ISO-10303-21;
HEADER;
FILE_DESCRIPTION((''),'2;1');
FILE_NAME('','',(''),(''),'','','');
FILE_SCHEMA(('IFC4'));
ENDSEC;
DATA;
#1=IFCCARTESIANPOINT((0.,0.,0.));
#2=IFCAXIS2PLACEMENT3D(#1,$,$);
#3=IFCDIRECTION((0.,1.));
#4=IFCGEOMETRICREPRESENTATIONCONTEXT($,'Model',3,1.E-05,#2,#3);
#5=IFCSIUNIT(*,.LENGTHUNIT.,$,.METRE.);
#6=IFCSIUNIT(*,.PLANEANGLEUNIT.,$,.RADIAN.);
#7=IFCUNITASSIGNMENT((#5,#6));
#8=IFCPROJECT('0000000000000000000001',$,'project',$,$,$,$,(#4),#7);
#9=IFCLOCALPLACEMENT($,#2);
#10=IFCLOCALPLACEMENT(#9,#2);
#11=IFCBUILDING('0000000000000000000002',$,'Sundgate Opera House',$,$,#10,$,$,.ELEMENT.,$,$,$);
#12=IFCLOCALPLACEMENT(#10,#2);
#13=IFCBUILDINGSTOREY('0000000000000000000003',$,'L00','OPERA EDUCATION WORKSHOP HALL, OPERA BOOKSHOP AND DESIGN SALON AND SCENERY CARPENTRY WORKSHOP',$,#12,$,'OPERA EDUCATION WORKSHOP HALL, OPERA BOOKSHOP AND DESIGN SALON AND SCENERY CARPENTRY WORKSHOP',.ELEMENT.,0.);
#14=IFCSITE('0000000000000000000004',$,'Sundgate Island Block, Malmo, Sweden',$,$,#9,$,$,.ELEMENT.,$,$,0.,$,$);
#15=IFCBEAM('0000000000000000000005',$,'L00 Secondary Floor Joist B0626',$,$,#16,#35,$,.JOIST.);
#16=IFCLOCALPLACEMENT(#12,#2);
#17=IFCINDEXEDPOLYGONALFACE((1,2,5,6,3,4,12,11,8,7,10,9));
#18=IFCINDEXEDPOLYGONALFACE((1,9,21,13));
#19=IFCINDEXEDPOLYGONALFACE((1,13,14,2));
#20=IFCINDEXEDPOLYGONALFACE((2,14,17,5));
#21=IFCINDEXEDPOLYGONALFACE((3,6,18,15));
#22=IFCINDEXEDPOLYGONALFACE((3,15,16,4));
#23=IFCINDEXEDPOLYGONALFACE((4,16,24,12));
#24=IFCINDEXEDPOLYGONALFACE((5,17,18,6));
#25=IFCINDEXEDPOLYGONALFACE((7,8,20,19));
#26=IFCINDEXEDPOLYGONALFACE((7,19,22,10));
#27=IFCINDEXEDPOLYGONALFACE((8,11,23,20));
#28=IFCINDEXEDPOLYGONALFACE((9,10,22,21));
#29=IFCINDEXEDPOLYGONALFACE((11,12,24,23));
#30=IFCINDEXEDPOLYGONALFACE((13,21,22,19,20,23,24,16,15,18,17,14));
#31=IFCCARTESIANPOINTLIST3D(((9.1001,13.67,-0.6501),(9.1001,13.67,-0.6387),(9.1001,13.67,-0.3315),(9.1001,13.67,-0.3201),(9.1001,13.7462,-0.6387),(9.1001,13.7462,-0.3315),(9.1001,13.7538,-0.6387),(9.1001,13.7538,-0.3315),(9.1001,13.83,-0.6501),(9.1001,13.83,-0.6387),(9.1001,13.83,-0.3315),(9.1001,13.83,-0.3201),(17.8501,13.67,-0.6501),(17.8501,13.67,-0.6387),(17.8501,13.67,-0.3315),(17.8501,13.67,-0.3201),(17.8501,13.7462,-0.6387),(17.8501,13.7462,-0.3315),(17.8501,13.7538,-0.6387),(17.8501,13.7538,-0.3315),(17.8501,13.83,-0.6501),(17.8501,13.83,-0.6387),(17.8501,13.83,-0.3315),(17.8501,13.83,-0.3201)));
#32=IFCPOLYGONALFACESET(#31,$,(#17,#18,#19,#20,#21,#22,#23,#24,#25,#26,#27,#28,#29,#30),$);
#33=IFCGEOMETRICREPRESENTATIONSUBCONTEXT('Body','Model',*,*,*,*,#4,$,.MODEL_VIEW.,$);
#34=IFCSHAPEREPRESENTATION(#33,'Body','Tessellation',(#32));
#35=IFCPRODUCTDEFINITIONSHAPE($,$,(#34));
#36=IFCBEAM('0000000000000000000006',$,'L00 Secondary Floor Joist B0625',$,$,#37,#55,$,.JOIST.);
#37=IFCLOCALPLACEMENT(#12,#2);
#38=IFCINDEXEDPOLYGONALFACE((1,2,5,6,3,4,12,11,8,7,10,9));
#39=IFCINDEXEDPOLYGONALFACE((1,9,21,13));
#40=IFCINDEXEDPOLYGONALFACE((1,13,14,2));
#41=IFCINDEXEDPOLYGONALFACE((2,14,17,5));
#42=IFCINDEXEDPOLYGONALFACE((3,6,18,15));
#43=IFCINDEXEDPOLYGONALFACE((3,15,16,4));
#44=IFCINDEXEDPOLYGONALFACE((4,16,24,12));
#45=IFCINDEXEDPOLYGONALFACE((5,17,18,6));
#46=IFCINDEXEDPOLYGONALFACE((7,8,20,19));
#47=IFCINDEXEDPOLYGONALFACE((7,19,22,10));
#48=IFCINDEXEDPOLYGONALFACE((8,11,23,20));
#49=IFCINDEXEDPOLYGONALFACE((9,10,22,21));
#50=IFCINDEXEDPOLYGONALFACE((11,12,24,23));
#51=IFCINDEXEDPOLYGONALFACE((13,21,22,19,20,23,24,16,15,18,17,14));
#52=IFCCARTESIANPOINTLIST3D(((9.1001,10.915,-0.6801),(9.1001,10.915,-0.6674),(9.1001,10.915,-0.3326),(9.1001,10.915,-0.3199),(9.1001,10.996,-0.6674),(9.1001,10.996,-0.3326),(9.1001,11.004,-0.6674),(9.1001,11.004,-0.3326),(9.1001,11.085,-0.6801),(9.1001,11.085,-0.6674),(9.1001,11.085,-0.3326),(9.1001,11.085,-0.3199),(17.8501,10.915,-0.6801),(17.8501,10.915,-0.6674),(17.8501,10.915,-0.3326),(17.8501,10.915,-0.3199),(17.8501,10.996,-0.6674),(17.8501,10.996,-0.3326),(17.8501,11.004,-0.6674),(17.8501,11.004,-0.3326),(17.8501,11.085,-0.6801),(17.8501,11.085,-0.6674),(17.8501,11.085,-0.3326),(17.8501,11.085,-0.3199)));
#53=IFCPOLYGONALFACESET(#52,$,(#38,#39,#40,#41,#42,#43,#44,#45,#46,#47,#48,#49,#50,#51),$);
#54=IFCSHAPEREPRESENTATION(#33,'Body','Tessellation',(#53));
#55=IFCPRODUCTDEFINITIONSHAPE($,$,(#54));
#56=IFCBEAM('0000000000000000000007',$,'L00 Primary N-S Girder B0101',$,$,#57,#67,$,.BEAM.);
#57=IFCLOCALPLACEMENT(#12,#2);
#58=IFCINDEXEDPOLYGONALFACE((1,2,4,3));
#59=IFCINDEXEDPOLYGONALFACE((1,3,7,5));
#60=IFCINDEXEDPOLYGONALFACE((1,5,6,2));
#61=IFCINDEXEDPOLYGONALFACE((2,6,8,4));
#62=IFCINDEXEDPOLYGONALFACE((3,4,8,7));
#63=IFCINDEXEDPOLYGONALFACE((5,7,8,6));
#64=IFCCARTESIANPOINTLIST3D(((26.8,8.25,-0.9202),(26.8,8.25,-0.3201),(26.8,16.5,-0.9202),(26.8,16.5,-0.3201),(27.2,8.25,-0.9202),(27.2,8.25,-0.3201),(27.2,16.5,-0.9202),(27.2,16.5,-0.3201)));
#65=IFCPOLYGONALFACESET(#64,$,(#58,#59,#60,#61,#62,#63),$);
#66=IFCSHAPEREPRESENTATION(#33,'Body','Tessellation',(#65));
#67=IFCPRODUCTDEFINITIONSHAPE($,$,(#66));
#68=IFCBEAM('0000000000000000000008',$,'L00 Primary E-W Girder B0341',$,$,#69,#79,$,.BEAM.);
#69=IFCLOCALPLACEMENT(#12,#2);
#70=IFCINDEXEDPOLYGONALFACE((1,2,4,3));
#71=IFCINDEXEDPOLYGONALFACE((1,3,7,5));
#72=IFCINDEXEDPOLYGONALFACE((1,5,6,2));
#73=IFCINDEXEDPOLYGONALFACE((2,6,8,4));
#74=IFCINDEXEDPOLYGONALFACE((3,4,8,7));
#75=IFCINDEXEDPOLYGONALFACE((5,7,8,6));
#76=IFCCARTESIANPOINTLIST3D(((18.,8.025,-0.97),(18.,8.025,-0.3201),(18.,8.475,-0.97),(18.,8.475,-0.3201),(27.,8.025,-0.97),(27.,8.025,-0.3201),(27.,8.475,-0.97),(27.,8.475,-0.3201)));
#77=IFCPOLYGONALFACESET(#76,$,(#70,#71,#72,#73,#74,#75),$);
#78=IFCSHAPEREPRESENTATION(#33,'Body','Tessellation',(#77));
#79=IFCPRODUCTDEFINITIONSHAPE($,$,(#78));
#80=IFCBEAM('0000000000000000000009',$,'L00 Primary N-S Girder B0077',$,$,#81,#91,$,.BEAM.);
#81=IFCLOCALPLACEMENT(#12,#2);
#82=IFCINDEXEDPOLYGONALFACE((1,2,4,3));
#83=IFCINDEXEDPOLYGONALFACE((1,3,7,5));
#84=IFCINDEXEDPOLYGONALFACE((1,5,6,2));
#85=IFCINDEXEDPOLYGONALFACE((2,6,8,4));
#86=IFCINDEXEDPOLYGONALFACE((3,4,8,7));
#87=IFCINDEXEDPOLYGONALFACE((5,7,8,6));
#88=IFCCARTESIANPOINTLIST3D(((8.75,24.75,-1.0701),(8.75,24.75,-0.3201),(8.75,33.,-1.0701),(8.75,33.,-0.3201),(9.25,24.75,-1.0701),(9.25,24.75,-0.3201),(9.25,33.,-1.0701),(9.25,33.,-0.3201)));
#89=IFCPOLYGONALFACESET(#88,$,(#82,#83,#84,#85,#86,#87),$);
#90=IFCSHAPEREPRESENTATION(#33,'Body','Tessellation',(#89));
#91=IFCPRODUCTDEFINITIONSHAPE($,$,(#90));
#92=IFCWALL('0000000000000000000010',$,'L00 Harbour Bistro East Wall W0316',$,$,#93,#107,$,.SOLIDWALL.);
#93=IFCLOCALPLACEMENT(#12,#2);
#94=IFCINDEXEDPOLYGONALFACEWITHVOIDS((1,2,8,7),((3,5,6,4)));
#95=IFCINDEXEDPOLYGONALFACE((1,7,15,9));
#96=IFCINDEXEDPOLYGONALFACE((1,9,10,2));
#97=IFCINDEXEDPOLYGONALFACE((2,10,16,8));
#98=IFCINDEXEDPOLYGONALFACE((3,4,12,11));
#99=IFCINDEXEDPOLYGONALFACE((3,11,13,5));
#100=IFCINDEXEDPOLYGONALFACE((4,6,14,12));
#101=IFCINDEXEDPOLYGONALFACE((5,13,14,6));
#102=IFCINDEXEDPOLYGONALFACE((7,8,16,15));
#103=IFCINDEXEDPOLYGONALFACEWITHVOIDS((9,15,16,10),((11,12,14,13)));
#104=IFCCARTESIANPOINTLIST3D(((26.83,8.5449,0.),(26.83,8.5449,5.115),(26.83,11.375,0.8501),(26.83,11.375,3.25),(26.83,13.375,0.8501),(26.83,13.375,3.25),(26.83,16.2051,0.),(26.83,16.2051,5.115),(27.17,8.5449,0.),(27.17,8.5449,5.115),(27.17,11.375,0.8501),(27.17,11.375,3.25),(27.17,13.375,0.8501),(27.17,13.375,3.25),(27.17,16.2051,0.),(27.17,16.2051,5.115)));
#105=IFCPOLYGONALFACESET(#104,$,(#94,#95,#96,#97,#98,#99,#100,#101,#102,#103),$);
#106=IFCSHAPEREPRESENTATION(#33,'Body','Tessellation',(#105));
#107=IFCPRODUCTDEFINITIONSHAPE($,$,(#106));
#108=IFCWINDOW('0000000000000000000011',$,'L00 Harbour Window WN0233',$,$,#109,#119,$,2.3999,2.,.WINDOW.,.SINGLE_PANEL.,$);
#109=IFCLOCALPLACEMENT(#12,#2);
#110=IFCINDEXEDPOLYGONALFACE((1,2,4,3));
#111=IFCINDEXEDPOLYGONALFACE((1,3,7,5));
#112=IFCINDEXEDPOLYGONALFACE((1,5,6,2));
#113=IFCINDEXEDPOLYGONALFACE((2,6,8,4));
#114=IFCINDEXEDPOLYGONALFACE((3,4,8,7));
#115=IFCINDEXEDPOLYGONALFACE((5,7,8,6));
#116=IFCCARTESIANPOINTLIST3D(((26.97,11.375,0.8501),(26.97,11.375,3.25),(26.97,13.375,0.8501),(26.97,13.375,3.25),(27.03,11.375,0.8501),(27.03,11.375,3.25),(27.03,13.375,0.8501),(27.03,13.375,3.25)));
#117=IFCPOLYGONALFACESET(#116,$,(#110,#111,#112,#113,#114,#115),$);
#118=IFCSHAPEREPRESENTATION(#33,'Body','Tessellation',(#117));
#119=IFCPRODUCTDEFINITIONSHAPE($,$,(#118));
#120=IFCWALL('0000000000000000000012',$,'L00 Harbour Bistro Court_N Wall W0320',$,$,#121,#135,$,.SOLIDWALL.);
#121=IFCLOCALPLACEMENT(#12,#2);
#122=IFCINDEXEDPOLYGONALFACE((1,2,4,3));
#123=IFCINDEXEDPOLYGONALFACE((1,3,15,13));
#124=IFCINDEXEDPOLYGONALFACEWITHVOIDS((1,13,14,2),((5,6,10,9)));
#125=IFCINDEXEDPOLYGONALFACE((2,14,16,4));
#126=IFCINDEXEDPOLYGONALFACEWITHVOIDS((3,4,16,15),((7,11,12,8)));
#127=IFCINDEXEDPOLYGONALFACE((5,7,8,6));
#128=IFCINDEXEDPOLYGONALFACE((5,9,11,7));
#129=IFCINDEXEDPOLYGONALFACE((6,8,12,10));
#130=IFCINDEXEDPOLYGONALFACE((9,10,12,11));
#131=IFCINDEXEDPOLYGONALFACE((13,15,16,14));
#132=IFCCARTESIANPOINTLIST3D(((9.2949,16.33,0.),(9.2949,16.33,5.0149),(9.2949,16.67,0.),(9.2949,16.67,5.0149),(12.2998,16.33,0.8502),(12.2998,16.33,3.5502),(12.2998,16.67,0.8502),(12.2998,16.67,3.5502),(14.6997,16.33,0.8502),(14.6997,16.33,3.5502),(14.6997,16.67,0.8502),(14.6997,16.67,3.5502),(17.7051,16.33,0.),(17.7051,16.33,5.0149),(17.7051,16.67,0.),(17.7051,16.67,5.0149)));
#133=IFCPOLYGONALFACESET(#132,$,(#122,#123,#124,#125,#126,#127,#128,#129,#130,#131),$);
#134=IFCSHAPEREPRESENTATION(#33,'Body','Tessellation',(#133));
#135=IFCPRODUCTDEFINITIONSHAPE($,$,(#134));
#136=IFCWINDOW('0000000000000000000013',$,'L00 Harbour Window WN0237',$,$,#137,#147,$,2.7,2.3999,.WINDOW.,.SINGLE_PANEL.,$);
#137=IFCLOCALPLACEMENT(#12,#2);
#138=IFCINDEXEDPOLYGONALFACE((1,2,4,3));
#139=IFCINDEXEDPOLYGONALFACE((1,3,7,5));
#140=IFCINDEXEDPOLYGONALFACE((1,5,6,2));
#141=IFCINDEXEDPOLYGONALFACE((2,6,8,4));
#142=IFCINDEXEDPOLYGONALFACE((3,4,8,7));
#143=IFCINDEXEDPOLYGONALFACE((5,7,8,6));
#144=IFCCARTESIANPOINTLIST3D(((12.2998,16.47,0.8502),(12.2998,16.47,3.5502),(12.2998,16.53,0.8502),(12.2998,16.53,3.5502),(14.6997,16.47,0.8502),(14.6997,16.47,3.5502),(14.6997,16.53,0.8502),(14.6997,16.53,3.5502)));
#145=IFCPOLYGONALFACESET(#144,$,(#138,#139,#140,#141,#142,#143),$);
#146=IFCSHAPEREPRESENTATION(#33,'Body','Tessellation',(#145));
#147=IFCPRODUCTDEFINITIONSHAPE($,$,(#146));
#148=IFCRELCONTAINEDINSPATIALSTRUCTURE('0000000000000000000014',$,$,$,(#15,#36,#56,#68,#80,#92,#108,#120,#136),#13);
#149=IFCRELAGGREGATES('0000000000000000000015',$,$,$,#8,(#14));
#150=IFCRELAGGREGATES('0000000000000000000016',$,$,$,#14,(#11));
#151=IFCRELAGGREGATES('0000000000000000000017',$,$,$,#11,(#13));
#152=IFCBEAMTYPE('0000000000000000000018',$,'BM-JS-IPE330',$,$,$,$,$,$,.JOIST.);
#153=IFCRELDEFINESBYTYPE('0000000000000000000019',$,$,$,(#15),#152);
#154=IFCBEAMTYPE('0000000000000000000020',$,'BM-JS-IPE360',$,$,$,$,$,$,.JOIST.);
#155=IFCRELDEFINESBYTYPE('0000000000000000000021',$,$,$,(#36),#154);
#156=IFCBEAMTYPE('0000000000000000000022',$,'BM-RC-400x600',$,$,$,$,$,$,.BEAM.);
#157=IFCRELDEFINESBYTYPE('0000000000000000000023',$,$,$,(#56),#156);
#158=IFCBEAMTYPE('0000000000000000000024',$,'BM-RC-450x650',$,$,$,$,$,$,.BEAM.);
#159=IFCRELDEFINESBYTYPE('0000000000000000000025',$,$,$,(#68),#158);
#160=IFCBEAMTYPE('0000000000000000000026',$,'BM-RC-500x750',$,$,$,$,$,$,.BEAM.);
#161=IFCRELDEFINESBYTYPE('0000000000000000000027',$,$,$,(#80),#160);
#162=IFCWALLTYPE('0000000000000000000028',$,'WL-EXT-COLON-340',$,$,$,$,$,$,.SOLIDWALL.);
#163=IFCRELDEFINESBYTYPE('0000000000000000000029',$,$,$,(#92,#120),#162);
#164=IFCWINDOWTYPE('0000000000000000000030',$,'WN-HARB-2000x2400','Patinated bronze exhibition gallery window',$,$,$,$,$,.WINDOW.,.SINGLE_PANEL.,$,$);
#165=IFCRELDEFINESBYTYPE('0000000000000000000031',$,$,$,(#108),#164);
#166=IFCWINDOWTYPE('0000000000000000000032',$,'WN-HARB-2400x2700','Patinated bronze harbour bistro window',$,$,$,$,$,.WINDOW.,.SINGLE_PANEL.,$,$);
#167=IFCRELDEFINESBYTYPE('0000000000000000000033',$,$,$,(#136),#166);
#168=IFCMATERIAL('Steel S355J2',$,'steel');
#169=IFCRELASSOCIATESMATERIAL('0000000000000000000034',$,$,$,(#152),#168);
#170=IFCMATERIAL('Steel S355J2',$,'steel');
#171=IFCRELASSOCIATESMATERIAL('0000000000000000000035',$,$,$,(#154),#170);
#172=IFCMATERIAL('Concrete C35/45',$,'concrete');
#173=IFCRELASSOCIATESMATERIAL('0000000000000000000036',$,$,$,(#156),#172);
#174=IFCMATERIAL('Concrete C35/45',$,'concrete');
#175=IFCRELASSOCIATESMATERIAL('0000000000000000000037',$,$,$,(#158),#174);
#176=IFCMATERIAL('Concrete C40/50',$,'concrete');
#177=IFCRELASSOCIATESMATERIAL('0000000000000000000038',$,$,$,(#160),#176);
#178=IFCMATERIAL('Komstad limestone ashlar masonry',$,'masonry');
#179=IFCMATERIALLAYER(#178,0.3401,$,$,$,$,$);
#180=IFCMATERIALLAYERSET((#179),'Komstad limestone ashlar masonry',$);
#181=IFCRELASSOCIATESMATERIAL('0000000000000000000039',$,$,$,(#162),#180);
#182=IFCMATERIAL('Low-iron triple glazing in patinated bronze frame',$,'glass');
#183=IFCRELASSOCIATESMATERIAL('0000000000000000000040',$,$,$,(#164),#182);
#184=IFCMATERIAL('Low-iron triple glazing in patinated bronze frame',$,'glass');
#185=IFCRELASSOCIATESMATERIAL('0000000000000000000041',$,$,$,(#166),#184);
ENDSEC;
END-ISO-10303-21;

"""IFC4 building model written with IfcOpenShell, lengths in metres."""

from ifc_helpers import new_model, si_unit, direction, frame, frame_2d, origin, origin_2d, place, context, subcontext, project, spatial, rectangle, i_section, extrude, material, layer, layer_set, material_profile, profile_set, type_object, element, fill, save


model = new_model("IFC4")

# Units and contexts
model_context = context("Model", 3, precision=1e-05, world=origin(), true_north=direction((0.0, 1.0)))
body_context = subcontext(model_context, "Body", "Model", "MODEL_VIEW")
ifc_project = project(units=[si_unit("LENGTHUNIT", "METRE"), si_unit("PLANEANGLEUNIT", "RADIAN")], contexts=[model_context])

# Site, building, storey
site_placement = place(None, origin())
site = spatial("IfcSite", under=ifc_project, at=site_placement, Name="Sundgate Island Block, Malmo, Sweden", CompositionType="ELEMENT", RefElevation=0.0)
building_placement = place(site_placement, origin())
building = spatial("IfcBuilding", under=site, at=building_placement, Name="Sundgate Opera House", CompositionType="ELEMENT")
storey_placement = place(building_placement, origin())
storey = spatial("IfcBuildingStorey", under=building, at=storey_placement, Name="L00", Description="OPERA EDUCATION WORKSHOP HALL, OPERA BOOKSHOP AND DESIGN SALON AND SCENERY CARPENTRY WORKSHOP", LongName="OPERA EDUCATION WORKSHOP HALL, OPERA BOOKSHOP AND DESIGN SALON AND SCENERY CARPENTRY WORKSHOP", CompositionType="ELEMENT", Elevation=0.0)

# Beams
ifc_material_1 = material(Name="Steel S355J2", Category="steel")
ifc_material_profile_1 = material_profile(ifc_material_1, i_section(OverallWidth=0.1599, OverallDepth=0.3301, WebThickness=0.0076, FlangeThickness=0.0115, at=origin_2d()), Name="IPE 330")
ifc_profile_set_1 = profile_set([ifc_material_profile_1], Name="Steel S355J2")
beam_type_1 = type_object("IfcBeamType", Name="BM-JS-IPE330", PredefinedType="JOIST", material=ifc_profile_set_1)
beam_1_placement = place(storey_placement, frame((9.1001, 13.75, -0.4851), z_axis=(1.0, 0.0, 0.0), x_axis=(0.0, 1.0, 0.0)))
element("IfcBeam", 1, at=beam_1_placement, inside=storey, type_object=beam_type_1, Name="L00 Secondary Floor Joist B0626", PredefinedType="JOIST", context=body_context, shape_type="SweptSolid", body=[
    extrude(i_section(OverallWidth=0.1599, OverallDepth=0.3301, WebThickness=0.0076, FlangeThickness=0.0115, at=origin_2d()), origin(), (0.0, 0.0, 1.0), 8.75),
])
ifc_material_2 = material(Name="Steel S355J2", Category="steel")
ifc_material_profile_2 = material_profile(ifc_material_2, i_section(OverallWidth=0.1699, OverallDepth=0.3601, WebThickness=0.0081, FlangeThickness=0.0127, at=origin_2d()), Name="IPE 360")
ifc_profile_set_2 = profile_set([ifc_material_profile_2], Name="Steel S355J2")
beam_type_2 = type_object("IfcBeamType", Name="BM-JS-IPE360", PredefinedType="JOIST", material=ifc_profile_set_2)
beam_2_placement = place(storey_placement, frame((9.1001, 11.0, -0.5), z_axis=(1.0, 0.0, 0.0), x_axis=(0.0, 1.0, 0.0)))
element("IfcBeam", 2, at=beam_2_placement, inside=storey, type_object=beam_type_2, Name="L00 Secondary Floor Joist B0625", PredefinedType="JOIST", context=body_context, shape_type="SweptSolid", body=[
    extrude(i_section(OverallWidth=0.1699, OverallDepth=0.3601, WebThickness=0.0081, FlangeThickness=0.0127, at=origin_2d()), origin(), (0.0, 0.0, 1.0), 8.75),
])
ifc_material_3 = material(Name="Concrete C35/45", Category="concrete")
ifc_material_profile_3 = material_profile(ifc_material_3, rectangle(XDim=0.3999, YDim=0.6001, at=origin_2d()), Name="RC 400x600")
ifc_profile_set_3 = profile_set([ifc_material_profile_3], Name="Concrete C35/45")
beam_type_3 = type_object("IfcBeamType", Name="BM-RC-400x600", PredefinedType="BEAM", material=ifc_profile_set_3)
beam_3_placement = place(storey_placement, frame((27.0, 8.25, -0.6201), z_axis=(0.0, 1.0, 0.0), x_axis=(-1.0, 0.0, 0.0)))
element("IfcBeam", 3, at=beam_3_placement, inside=storey, type_object=beam_type_3, Name="L00 Primary N-S Girder B0101", PredefinedType="BEAM", context=body_context, shape_type="SweptSolid", body=[
    extrude(rectangle(XDim=0.3999, YDim=0.6001, at=origin_2d()), origin(), (0.0, 0.0, 1.0), 8.25),
])
ifc_material_4 = material(Name="Concrete C35/45", Category="concrete")
ifc_material_profile_4 = material_profile(ifc_material_4, rectangle(XDim=0.45, YDim=0.6499, at=origin_2d()), Name="RC 450x650")
ifc_profile_set_4 = profile_set([ifc_material_profile_4], Name="Concrete C35/45")
beam_type_4 = type_object("IfcBeamType", Name="BM-RC-450x650", PredefinedType="BEAM", material=ifc_profile_set_4)
beam_4_placement = place(storey_placement, frame((18.0, 8.25, -0.645), z_axis=(1.0, 0.0, 0.0), x_axis=(0.0, 1.0, 0.0)))
element("IfcBeam", 4, at=beam_4_placement, inside=storey, type_object=beam_type_4, Name="L00 Primary E-W Girder B0341", PredefinedType="BEAM", context=body_context, shape_type="SweptSolid", body=[
    extrude(rectangle(XDim=0.45, YDim=0.6499, at=origin_2d()), origin(), (0.0, 0.0, 1.0), 9.0),
])
ifc_material_5 = material(Name="Concrete C40/50", Category="concrete")
ifc_material_profile_5 = material_profile(ifc_material_5, rectangle(XDim=0.5, YDim=0.75, at=origin_2d()), Name="RC 500x750")
ifc_profile_set_5 = profile_set([ifc_material_profile_5], Name="Concrete C40/50")
beam_type_5 = type_object("IfcBeamType", Name="BM-RC-500x750", PredefinedType="BEAM", material=ifc_profile_set_5)
beam_5_placement = place(storey_placement, frame((9.0, 24.75, -0.6951), z_axis=(0.0, 1.0, 0.0), x_axis=(-1.0, 0.0, 0.0)))
element("IfcBeam", 5, at=beam_5_placement, inside=storey, type_object=beam_type_5, Name="L00 Primary N-S Girder B0077", PredefinedType="BEAM", context=body_context, shape_type="SweptSolid", body=[
    extrude(rectangle(XDim=0.5, YDim=0.75, at=origin_2d()), origin(), (0.0, 0.0, 1.0), 8.25),
])

# Walls, openings, windows
ifc_material_6 = material(Name="Komstad limestone ashlar masonry", Category="masonry")
ifc_layer_1 = layer(ifc_material_6, 0.3401)
ifc_layer_set_1 = layer_set([ifc_layer_1], Name="Komstad limestone ashlar masonry")
wall_type = type_object("IfcWallType", Name="WL-EXT-COLON-340", PredefinedType="SOLIDWALL", material=ifc_layer_set_1)
wall_1_placement = place(storey_placement, frame((27.0, 8.5449, 0.0), z_axis=(0.0, 0.0, 1.0), x_axis=(0.0, 1.0, 0.0)))
wall_1 = element("IfcWall", 6, at=wall_1_placement, inside=storey, type_object=wall_type, Name="L00 Harbour Bistro East Wall W0316", PredefinedType="SOLIDWALL", context=body_context, shape_type="SweptSolid", body=[
    extrude(rectangle(XDim=7.6602, YDim=0.3401, at=frame_2d((3.8301, 0.0))), origin(), (0.0, 0.0, 1.0), 5.115),
])
opening_1_placement = place(wall_1_placement, frame((2.8301, 0.0, 0.8501)))
opening_1 = element("IfcOpeningElement", 7, at=opening_1_placement, cuts=wall_1, PredefinedType="OPENING", context=body_context, shape_type="SweptSolid", body=[
    extrude(rectangle(XDim=2.0, YDim=2.3999, at=frame_2d((1.0, 1.2))), frame((0.0, 0.1799, 0.0), z_axis=(0.0, -1.0, 0.0), x_axis=(1.0, 0.0, 0.0)), (0.0, 0.0, 1.0), 0.3601),
])
ifc_material_7 = material(Name="Low-iron triple glazing in patinated bronze frame", Category="glass")
window_type_1 = type_object("IfcWindowType", Name="WN-HARB-2000x2400", Description="Patinated bronze exhibition gallery window", PartitioningType="SINGLE_PANEL", PredefinedType="WINDOW", material=ifc_material_7)
window_1_placement = place(opening_1_placement, origin())
window_1 = element("IfcWindow", 8, at=window_1_placement, inside=storey, type_object=window_type_1, Name="L00 Harbour Window WN0233", OverallHeight=2.3999, OverallWidth=2.0, PartitioningType="SINGLE_PANEL", PredefinedType="WINDOW", context=body_context, shape_type="SweptSolid", body=[
    extrude(rectangle(XDim=2.0, YDim=2.3999, at=frame_2d((1.0, 1.2))), frame((0.0, 0.03, 0.0), z_axis=(0.0, -1.0, 0.0), x_axis=(1.0, 0.0, 0.0)), (0.0, 0.0, 1.0), 0.0601),
])
fill(opening_1, window_1)
wall_2_placement = place(storey_placement, frame((9.2949, 16.5, 0.0), z_axis=(0.0, 0.0, 1.0), x_axis=(1.0, 0.0, 0.0)))
wall_2 = element("IfcWall", 9, at=wall_2_placement, inside=storey, type_object=wall_type, Name="L00 Harbour Bistro Court_N Wall W0320", PredefinedType="SOLIDWALL", context=body_context, shape_type="SweptSolid", body=[
    extrude(rectangle(XDim=8.4102, YDim=0.3401, at=frame_2d((4.2051, 0.0))), origin(), (0.0, 0.0, 1.0), 5.0149),
])
opening_2_placement = place(wall_2_placement, frame((3.0049, 0.0, 0.8501)))
opening_2 = element("IfcOpeningElement", 10, at=opening_2_placement, cuts=wall_2, PredefinedType="OPENING", context=body_context, shape_type="SweptSolid", body=[
    extrude(rectangle(XDim=2.3999, YDim=2.7, at=frame_2d((1.2, 1.3501))), frame((0.0, 0.1799, 0.0), z_axis=(0.0, -1.0, 0.0), x_axis=(1.0, 0.0, 0.0)), (0.0, 0.0, 1.0), 0.3601),
])
ifc_material_8 = material(Name="Low-iron triple glazing in patinated bronze frame", Category="glass")
window_type_2 = type_object("IfcWindowType", Name="WN-HARB-2400x2700", Description="Patinated bronze harbour bistro window", PartitioningType="SINGLE_PANEL", PredefinedType="WINDOW", material=ifc_material_8)
window_2_placement = place(opening_2_placement, origin())
window_2 = element("IfcWindow", 11, at=window_2_placement, inside=storey, type_object=window_type_2, Name="L00 Harbour Window WN0237", OverallHeight=2.7, OverallWidth=2.3999, PartitioningType="SINGLE_PANEL", PredefinedType="WINDOW", context=body_context, shape_type="SweptSolid", body=[
    extrude(rectangle(XDim=2.3999, YDim=2.7, at=frame_2d((1.2, 1.3501))), frame((0.0, 0.03, 0.0), z_axis=(0.0, -1.0, 0.0), x_axis=(1.0, 0.0, 0.0)), (0.0, 0.0, 1.0), 0.0601),
])
fill(opening_2, window_2)

save(model, "model.ifc")
